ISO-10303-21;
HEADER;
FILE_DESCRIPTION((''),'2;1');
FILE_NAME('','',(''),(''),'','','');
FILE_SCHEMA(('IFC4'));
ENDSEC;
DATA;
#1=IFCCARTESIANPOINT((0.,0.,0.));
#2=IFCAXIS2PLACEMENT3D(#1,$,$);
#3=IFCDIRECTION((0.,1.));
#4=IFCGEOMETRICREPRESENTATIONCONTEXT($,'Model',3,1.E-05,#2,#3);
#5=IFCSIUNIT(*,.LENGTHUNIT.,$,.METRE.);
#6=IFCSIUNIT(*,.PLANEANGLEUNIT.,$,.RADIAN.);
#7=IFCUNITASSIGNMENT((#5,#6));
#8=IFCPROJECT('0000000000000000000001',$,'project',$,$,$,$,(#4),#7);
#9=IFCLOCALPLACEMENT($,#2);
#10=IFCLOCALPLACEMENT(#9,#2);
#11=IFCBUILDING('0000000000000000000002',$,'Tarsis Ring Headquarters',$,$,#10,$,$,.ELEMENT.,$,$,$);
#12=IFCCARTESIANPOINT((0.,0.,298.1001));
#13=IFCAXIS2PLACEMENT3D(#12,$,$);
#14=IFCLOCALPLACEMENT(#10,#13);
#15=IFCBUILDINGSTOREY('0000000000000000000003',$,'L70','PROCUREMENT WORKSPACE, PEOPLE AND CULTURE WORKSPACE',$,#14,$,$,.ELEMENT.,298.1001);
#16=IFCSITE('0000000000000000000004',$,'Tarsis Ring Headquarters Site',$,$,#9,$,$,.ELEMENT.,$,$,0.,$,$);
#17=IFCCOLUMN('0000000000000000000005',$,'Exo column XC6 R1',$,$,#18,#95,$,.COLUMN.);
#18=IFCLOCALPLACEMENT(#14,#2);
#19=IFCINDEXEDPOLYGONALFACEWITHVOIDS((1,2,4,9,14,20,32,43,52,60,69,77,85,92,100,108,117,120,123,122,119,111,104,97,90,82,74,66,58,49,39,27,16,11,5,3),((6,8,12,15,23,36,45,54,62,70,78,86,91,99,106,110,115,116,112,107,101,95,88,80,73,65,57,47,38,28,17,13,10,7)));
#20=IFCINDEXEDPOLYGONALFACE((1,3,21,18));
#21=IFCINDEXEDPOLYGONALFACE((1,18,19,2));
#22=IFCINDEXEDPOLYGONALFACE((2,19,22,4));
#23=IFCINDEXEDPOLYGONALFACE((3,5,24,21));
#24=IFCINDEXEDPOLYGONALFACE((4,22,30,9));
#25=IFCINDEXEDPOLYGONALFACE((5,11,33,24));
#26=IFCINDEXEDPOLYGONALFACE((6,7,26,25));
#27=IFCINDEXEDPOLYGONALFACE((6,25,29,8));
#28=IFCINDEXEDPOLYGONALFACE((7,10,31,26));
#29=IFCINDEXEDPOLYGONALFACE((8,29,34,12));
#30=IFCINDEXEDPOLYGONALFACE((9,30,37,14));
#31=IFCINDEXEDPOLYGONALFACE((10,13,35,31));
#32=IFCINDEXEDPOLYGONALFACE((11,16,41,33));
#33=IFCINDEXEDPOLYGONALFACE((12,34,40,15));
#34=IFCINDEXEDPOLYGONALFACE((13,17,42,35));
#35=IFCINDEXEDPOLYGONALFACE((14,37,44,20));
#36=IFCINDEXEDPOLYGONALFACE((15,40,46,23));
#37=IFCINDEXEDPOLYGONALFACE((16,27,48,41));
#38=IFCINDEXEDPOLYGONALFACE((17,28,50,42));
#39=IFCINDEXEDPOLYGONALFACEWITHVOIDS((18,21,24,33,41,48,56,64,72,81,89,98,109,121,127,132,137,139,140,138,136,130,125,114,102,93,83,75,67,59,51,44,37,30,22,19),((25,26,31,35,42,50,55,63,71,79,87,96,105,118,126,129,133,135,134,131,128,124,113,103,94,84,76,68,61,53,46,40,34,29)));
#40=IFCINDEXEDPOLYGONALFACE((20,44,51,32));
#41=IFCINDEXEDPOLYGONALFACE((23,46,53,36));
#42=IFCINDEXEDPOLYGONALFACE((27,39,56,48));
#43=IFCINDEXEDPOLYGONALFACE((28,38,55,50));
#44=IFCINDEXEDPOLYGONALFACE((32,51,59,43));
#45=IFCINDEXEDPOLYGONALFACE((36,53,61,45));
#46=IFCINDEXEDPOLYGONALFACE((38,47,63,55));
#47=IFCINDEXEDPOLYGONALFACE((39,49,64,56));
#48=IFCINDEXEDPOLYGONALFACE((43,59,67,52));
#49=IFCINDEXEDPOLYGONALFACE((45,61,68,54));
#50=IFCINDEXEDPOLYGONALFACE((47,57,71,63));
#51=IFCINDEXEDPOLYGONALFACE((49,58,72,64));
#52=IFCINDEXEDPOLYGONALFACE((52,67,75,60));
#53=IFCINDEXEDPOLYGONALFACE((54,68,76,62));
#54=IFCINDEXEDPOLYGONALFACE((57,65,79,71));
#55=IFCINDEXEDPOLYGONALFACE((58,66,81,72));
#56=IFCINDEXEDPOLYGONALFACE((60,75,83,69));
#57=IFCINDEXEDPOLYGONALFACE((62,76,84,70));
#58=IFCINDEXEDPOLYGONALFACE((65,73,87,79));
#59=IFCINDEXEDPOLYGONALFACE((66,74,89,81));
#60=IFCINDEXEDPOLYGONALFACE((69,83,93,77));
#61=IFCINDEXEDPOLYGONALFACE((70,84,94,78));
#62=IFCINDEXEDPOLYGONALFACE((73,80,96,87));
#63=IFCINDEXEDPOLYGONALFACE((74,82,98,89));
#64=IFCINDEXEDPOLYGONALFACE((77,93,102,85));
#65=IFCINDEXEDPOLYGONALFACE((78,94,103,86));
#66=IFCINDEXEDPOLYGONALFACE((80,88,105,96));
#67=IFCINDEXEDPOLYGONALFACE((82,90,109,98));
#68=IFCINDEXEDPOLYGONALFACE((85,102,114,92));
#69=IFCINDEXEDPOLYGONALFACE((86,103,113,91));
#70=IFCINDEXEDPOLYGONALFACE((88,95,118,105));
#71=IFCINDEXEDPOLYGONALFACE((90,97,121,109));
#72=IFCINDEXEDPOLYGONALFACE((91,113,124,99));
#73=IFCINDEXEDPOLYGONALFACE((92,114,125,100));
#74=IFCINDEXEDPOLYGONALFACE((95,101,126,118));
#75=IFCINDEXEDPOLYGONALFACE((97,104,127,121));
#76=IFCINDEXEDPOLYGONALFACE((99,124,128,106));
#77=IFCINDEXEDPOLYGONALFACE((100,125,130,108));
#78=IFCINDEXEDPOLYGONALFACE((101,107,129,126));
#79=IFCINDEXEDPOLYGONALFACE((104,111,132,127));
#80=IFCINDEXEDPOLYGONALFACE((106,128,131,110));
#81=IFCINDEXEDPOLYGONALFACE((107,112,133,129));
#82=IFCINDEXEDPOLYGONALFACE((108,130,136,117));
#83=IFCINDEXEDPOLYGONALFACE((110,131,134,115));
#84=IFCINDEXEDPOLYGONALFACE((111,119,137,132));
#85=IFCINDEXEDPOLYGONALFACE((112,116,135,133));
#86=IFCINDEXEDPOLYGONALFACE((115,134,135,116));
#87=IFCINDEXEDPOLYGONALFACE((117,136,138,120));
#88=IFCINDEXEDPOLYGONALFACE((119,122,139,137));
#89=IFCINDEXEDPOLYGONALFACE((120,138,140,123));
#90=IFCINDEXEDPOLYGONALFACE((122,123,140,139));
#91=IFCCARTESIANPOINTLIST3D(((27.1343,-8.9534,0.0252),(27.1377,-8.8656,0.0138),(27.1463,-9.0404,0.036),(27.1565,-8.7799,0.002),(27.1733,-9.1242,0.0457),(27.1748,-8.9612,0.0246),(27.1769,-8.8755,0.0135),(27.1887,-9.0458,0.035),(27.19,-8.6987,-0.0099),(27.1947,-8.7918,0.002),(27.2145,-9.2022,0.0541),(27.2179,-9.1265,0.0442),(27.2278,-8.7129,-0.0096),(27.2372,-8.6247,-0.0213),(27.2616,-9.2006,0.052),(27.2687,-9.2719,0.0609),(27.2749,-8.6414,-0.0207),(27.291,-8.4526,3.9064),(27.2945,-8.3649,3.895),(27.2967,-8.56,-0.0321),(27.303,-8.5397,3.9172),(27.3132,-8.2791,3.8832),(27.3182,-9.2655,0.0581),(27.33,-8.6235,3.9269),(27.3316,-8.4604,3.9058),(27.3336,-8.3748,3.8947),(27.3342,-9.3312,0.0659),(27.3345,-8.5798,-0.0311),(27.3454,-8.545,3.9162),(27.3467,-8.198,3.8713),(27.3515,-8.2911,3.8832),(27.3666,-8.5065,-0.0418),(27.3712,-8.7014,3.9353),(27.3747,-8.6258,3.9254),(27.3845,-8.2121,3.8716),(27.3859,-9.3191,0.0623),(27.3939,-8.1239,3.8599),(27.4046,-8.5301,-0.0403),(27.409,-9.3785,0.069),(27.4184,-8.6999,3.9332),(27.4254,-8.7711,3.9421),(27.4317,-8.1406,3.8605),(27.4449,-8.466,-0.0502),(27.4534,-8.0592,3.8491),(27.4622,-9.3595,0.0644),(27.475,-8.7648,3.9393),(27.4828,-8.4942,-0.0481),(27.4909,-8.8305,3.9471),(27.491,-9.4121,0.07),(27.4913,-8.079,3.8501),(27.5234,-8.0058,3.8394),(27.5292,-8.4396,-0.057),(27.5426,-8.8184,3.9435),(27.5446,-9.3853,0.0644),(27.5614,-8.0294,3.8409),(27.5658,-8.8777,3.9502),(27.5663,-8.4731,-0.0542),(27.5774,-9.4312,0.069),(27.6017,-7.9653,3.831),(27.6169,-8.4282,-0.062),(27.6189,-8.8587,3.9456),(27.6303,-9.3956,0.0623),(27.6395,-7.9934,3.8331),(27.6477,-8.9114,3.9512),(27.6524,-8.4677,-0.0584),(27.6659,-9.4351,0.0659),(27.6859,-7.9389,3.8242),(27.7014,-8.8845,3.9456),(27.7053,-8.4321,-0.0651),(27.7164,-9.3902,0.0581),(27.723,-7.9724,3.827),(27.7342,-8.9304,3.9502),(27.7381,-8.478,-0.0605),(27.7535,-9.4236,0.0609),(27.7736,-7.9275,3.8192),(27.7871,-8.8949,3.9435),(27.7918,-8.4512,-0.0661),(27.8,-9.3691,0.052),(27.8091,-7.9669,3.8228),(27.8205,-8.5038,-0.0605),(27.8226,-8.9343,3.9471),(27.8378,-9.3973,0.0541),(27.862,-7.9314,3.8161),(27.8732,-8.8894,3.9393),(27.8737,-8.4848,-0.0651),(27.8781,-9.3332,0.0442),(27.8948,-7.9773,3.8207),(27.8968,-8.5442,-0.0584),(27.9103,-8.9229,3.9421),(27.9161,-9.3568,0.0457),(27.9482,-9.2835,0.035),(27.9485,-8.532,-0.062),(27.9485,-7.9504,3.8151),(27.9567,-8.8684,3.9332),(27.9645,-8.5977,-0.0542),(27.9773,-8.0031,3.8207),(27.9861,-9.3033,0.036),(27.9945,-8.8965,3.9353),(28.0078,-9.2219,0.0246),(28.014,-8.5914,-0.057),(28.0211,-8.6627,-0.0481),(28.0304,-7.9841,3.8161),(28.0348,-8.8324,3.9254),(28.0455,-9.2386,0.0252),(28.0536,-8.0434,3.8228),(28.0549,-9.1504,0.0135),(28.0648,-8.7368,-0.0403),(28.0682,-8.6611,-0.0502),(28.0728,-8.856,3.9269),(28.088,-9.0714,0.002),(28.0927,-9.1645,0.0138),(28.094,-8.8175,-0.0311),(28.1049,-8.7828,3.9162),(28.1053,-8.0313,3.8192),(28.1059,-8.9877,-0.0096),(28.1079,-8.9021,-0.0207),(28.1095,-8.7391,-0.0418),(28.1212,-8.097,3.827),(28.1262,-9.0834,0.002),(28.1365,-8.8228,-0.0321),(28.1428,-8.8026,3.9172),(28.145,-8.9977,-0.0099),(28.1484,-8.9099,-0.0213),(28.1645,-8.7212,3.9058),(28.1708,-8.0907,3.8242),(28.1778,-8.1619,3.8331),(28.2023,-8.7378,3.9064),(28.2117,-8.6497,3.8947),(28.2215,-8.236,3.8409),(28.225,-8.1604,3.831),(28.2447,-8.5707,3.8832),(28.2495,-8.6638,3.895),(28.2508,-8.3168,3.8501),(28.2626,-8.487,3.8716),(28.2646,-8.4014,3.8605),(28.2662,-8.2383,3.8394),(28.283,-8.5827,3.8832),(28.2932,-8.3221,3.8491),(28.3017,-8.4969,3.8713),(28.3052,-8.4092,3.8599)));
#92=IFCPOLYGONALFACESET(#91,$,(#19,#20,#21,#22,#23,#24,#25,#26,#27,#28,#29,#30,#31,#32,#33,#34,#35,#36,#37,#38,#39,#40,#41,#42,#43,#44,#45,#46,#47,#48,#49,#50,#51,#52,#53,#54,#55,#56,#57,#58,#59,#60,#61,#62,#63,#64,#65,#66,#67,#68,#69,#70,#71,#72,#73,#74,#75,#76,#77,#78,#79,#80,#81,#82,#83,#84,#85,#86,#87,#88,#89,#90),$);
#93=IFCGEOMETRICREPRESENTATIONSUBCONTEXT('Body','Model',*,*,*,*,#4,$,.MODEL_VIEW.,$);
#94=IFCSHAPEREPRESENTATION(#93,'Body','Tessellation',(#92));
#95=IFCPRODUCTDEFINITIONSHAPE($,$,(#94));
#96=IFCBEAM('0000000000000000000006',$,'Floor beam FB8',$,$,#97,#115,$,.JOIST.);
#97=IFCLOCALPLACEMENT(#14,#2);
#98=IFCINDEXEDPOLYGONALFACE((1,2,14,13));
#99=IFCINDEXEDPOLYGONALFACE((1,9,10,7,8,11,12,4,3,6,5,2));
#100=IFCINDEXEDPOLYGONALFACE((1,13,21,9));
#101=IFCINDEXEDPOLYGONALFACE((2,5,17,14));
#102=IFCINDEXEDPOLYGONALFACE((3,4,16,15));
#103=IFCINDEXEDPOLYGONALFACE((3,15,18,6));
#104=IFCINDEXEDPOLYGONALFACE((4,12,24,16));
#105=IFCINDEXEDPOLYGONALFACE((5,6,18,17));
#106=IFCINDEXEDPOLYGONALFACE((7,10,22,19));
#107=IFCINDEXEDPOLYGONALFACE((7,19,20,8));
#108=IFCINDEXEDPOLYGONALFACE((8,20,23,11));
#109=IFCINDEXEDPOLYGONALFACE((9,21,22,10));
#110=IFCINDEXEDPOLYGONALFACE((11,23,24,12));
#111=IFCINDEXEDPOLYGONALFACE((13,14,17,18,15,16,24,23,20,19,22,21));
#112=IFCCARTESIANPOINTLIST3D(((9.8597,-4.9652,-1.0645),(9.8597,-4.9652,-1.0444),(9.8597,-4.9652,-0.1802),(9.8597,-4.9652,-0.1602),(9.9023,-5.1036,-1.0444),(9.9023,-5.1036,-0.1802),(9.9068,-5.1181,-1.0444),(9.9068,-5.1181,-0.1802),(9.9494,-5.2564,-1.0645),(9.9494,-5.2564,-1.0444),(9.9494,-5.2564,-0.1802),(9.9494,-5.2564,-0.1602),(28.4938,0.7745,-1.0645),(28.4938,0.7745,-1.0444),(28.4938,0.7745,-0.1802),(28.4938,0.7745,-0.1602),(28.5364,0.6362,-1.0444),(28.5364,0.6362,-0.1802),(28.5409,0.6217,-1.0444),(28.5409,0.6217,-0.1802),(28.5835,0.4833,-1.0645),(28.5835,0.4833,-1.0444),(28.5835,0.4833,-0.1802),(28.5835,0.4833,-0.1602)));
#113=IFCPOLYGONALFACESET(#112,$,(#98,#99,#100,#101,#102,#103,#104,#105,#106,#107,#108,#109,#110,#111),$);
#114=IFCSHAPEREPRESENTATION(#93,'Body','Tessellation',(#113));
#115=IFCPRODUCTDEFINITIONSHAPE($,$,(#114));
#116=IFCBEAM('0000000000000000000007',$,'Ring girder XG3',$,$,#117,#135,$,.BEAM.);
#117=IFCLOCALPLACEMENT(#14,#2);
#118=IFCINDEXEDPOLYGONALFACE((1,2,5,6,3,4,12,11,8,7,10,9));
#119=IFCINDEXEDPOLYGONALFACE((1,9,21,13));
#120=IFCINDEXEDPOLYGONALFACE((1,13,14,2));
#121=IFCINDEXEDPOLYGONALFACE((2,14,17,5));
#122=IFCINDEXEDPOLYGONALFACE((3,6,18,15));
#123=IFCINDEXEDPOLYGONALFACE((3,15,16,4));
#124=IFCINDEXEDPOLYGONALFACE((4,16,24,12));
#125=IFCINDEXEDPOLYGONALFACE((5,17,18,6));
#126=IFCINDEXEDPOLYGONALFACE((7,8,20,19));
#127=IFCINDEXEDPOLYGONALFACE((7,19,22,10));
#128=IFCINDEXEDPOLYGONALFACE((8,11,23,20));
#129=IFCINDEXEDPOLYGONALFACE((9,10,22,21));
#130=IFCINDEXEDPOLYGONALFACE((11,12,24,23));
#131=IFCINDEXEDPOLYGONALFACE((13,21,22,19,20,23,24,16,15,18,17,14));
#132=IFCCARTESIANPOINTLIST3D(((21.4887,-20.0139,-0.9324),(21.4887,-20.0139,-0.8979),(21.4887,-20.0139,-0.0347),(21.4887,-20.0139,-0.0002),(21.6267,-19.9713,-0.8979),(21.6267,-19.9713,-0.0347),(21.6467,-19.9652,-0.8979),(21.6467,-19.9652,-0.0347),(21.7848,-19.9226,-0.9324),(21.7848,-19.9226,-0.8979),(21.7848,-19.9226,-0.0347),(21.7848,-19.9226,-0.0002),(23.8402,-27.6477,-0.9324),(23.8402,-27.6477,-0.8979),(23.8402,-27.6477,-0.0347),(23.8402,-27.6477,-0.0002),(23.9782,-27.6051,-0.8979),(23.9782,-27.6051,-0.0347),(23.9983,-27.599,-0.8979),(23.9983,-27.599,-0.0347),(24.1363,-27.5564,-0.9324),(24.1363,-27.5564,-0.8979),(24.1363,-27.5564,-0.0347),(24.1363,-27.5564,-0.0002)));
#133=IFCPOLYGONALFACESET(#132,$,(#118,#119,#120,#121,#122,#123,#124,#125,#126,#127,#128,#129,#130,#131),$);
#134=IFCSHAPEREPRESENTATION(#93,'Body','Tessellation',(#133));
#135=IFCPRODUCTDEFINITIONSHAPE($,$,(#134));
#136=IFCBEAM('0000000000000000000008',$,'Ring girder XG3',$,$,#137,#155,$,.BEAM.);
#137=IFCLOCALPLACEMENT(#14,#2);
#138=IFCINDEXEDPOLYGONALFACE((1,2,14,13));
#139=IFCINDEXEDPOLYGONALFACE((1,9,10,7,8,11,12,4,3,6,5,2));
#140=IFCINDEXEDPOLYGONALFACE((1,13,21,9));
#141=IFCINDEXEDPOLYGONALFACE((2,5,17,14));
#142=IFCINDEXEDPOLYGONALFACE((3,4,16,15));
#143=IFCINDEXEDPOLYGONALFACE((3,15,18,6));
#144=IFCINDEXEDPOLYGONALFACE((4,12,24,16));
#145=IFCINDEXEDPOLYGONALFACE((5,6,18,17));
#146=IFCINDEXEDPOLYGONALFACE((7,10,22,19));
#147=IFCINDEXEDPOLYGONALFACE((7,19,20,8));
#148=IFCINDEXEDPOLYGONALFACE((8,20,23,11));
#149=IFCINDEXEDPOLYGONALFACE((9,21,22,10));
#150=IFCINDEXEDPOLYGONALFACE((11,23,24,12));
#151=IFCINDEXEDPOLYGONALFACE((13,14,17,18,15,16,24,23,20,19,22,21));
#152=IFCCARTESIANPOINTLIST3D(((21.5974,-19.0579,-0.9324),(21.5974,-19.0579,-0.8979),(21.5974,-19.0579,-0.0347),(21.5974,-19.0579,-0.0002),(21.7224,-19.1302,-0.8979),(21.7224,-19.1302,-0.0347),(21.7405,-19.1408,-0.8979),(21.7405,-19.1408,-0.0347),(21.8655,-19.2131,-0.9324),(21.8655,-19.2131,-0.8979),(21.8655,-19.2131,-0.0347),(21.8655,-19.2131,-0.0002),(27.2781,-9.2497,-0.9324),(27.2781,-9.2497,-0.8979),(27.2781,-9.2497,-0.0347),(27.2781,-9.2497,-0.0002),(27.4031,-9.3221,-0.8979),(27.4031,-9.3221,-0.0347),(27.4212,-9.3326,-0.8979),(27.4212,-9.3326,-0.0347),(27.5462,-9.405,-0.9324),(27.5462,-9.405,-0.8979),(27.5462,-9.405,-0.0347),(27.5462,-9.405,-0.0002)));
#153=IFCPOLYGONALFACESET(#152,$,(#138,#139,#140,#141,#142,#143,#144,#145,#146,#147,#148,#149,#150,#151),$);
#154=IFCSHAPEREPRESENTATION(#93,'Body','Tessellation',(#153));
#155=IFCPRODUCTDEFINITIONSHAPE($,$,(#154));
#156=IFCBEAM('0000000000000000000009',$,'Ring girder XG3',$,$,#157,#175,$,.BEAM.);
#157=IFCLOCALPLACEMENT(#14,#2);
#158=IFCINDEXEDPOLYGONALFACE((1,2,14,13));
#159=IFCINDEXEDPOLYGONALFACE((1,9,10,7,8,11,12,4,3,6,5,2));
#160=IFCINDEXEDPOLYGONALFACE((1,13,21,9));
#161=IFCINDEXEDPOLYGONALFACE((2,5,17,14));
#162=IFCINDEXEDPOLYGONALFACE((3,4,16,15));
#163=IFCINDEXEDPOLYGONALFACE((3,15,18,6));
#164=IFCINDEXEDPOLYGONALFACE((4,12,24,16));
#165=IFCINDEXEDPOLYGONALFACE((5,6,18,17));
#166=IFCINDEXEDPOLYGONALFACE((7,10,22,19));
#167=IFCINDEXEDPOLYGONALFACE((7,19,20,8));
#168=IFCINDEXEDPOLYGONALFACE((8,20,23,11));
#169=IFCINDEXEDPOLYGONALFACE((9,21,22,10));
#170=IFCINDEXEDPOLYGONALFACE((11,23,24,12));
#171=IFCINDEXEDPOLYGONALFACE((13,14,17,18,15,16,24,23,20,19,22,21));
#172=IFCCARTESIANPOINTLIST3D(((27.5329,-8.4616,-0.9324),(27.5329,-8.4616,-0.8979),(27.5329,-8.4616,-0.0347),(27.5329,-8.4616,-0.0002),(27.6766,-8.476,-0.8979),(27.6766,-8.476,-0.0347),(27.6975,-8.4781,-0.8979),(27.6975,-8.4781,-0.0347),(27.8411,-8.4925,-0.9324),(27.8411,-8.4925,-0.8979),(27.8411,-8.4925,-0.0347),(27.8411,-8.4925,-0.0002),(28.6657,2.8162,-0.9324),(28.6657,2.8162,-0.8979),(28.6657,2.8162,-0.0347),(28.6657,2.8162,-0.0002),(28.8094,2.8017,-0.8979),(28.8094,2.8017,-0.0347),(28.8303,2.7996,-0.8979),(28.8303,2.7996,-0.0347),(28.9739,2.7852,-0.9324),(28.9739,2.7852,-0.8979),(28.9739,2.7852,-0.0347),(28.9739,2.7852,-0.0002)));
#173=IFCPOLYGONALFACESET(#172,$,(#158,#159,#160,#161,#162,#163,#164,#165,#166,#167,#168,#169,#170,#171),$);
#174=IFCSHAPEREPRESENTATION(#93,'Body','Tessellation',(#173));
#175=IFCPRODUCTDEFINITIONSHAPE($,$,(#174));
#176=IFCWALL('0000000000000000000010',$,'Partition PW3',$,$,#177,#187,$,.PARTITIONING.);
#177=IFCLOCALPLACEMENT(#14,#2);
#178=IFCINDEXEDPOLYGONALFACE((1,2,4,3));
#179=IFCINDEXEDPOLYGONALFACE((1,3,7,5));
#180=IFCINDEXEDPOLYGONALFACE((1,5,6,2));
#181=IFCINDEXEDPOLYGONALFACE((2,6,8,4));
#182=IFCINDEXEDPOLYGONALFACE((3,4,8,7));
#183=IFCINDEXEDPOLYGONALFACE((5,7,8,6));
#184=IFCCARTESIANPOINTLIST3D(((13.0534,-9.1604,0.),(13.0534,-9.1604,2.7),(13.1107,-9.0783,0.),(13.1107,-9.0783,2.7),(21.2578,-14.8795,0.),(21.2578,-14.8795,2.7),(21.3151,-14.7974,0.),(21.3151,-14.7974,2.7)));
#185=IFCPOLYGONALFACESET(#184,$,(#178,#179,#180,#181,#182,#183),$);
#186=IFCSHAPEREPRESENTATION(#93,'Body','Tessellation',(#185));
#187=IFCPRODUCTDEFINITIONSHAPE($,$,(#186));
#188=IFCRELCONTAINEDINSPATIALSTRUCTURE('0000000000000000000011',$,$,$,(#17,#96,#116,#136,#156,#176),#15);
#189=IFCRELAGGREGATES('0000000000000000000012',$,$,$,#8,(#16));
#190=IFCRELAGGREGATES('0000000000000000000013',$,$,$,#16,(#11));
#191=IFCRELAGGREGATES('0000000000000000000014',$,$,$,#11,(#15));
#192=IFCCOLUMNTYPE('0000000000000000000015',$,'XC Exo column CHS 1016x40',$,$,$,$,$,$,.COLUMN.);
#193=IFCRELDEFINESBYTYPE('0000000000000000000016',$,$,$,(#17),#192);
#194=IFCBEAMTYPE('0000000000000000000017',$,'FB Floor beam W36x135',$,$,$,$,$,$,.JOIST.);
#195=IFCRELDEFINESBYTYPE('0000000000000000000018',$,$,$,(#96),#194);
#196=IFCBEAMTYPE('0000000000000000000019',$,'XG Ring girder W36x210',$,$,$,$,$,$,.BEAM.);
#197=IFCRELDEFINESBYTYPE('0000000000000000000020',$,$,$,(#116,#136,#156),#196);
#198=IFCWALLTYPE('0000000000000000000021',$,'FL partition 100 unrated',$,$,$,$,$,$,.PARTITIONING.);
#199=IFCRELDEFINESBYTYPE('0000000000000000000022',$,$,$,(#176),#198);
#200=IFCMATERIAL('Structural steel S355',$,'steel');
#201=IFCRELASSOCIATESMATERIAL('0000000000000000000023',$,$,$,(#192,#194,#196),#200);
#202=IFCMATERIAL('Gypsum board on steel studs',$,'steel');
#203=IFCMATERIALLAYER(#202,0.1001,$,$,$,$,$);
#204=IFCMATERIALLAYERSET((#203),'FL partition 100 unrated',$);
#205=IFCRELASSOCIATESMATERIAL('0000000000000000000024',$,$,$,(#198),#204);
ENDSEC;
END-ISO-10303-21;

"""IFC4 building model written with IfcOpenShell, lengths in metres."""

from ifc_helpers import new_model, si_unit, direction, frame, frame_2d, origin, origin_2d, place, context, subcontext, project, spatial, rectangle, hollow_circle, i_section, extrude, material, layer, layer_set, material_profile, profile_set, type_object, element, save


model = new_model("IFC4")

# Units and contexts
model_context = context("Model", 3, precision=1e-05, world=origin(), true_north=direction((0.0, 1.0)))
body_context = subcontext(model_context, "Body", "Model", "MODEL_VIEW")
ifc_project = project(units=[si_unit("LENGTHUNIT", "METRE"), si_unit("PLANEANGLEUNIT", "RADIAN")], contexts=[model_context])

# Site, building, storey
site_placement = place(None, origin())
site = spatial("IfcSite", under=ifc_project, at=site_placement, Name="Tarsis Ring Headquarters Site", CompositionType="ELEMENT", RefElevation=0.0)
building_placement = place(site_placement, origin())
building = spatial("IfcBuilding", under=site, at=building_placement, Name="Tarsis Ring Headquarters", CompositionType="ELEMENT")
storey_placement = place(building_placement, frame((0.0, 0.0, 298.1001)))
storey = spatial("IfcBuildingStorey", under=building, at=storey_placement, Name="L70", Description="PROCUREMENT WORKSPACE, PEOPLE AND CULTURE WORKSPACE", CompositionType="ELEMENT", Elevation=298.1001)

# Column
ifc_material_1 = material(Name="Structural steel S355", Category="steel")
ifc_material_profile_1 = material_profile(ifc_material_1, hollow_circle(Radius=0.5081, WallThickness=0.04, at=origin_2d()), Name="CHS 1016x40")
ifc_profile_set_1 = profile_set([ifc_material_profile_1], Name="Structural steel S355")
column_type = type_object("IfcColumnType", Name="XC Exo column CHS 1016x40", PredefinedType="COLUMN", material=ifc_profile_set_1)
for number, where, z_axis, x_axis, name in (
    (1, (27.6414, -8.9316, 0.002), (0.040021, 0.127855, 0.990985), (-0.954339, 0.298725, 0.0), "Exo column XC6 R1"),
):
    element("IfcColumn", number, at=place(storey_placement, frame(where, z_axis=z_axis, x_axis=x_axis)), inside=storey, type_object=column_type, Name=name, PredefinedType="COLUMN", context=body_context, shape_type="SweptSolid", body=[
        extrude(hollow_circle(Radius=0.5081, WallThickness=0.04, at=origin_2d()), origin(), (0.0, 0.0, 1.0), 3.9165),
    ])

# Beams
ifc_material_profile_2 = material_profile(ifc_material_1, i_section(OverallWidth=0.3047, OverallDepth=0.9043, WebThickness=0.0151, FlangeThickness=0.02, at=origin_2d()), Name="W36x135")
ifc_profile_set_2 = profile_set([ifc_material_profile_2], Name="Structural steel S355")
beam_type_1 = type_object("IfcBeamType", Name="FB Floor beam W36x135", PredefinedType="JOIST", material=ifc_profile_set_2)
beam_1_placement = place(storey_placement, frame((9.9045, -5.1108, -0.6123), z_axis=(0.95569, 0.294376, 0.0), x_axis=(-0.294376, 0.95569, 0.0)))
element("IfcBeam", 2, at=beam_1_placement, inside=storey, type_object=beam_type_1, Name="Floor beam FB8", PredefinedType="JOIST", context=body_context, shape_type="SweptSolid", body=[
    extrude(i_section(OverallWidth=0.3047, OverallDepth=0.9043, WebThickness=0.0151, FlangeThickness=0.02, at=origin_2d()), origin(), (0.0, 0.0, 1.0), 19.498),
])
ifc_material_profile_3 = material_profile(ifc_material_1, i_section(OverallWidth=0.3098, OverallDepth=0.9321, WebThickness=0.021, FlangeThickness=0.0344, at=origin_2d()), Name="W36x210")
ifc_profile_set_3 = profile_set([ifc_material_profile_3], Name="Structural steel S355")
beam_type_2 = type_object("IfcBeamType", Name="XG Ring girder W36x210", PredefinedType="BEAM", material=ifc_profile_set_3)
beam_2_placement = place(storey_placement, frame((23.9883, -27.6021, -0.4663), z_axis=(-0.294395, 0.955684, 0.0), x_axis=(-0.955684, -0.294395, 0.0)))
element("IfcBeam", 3, at=beam_2_placement, inside=storey, type_object=beam_type_2, Name="Ring girder XG3", PredefinedType="BEAM", context=body_context, shape_type="SweptSolid", body=[
    extrude(i_section(OverallWidth=0.3098, OverallDepth=0.9321, WebThickness=0.021, FlangeThickness=0.0344, at=origin_2d()), origin(), (0.0, 0.0, 1.0), 7.9878),
])
for number, where, z_axis, x_axis, name in (
    (4, (21.7314, -19.1355, -0.4663), (0.501187, 0.865339, 0.0), (-0.865339, 0.501187, 0.0), "Ring girder XG3"),
    (5, (27.687, -8.4771, -0.4663), (0.099943, 0.994993, 0.0), (-0.994993, 0.099943, 0.0), "Ring girder XG3"),
):
    element("IfcBeam", number, at=place(storey_placement, frame(where, z_axis=z_axis, x_axis=x_axis)), inside=storey, type_object=beam_type_2, Name=name, PredefinedType="BEAM", context=body_context, shape_type="SweptSolid", body=[
        extrude(i_section(OverallWidth=0.3098, OverallDepth=0.9321, WebThickness=0.021, FlangeThickness=0.0344, at=origin_2d()), origin(), (0.0, 0.0, 1.0), 11.3345),
    ])

# Wall
ifc_material_2 = material(Name="Gypsum board on steel studs", Category="steel")
ifc_layer_1 = layer(ifc_material_2, 0.1001)
ifc_layer_set_1 = layer_set([ifc_layer_1], Name="FL partition 100 unrated")
wall_type_1 = type_object("IfcWallType", Name="FL partition 100 unrated", PredefinedType="PARTITIONING", material=ifc_layer_set_1)
wall_1_placement = place(storey_placement, frame((13.082, -9.1194, 0.0), z_axis=(0.0, 0.0, 1.0), x_axis=(0.82036, -0.571847, 0.0)))
element("IfcWall", 6, at=wall_1_placement, inside=storey, type_object=wall_type_1, Name="Partition PW3", PredefinedType="PARTITIONING", context=body_context, shape_type="SweptSolid", body=[
    extrude(rectangle(XDim=10.001, YDim=0.1001, at=frame_2d((5.0005, 0.0))), origin(), (0.0, 0.0, 1.0), 2.7),
])

save(model, "model.ifc")
